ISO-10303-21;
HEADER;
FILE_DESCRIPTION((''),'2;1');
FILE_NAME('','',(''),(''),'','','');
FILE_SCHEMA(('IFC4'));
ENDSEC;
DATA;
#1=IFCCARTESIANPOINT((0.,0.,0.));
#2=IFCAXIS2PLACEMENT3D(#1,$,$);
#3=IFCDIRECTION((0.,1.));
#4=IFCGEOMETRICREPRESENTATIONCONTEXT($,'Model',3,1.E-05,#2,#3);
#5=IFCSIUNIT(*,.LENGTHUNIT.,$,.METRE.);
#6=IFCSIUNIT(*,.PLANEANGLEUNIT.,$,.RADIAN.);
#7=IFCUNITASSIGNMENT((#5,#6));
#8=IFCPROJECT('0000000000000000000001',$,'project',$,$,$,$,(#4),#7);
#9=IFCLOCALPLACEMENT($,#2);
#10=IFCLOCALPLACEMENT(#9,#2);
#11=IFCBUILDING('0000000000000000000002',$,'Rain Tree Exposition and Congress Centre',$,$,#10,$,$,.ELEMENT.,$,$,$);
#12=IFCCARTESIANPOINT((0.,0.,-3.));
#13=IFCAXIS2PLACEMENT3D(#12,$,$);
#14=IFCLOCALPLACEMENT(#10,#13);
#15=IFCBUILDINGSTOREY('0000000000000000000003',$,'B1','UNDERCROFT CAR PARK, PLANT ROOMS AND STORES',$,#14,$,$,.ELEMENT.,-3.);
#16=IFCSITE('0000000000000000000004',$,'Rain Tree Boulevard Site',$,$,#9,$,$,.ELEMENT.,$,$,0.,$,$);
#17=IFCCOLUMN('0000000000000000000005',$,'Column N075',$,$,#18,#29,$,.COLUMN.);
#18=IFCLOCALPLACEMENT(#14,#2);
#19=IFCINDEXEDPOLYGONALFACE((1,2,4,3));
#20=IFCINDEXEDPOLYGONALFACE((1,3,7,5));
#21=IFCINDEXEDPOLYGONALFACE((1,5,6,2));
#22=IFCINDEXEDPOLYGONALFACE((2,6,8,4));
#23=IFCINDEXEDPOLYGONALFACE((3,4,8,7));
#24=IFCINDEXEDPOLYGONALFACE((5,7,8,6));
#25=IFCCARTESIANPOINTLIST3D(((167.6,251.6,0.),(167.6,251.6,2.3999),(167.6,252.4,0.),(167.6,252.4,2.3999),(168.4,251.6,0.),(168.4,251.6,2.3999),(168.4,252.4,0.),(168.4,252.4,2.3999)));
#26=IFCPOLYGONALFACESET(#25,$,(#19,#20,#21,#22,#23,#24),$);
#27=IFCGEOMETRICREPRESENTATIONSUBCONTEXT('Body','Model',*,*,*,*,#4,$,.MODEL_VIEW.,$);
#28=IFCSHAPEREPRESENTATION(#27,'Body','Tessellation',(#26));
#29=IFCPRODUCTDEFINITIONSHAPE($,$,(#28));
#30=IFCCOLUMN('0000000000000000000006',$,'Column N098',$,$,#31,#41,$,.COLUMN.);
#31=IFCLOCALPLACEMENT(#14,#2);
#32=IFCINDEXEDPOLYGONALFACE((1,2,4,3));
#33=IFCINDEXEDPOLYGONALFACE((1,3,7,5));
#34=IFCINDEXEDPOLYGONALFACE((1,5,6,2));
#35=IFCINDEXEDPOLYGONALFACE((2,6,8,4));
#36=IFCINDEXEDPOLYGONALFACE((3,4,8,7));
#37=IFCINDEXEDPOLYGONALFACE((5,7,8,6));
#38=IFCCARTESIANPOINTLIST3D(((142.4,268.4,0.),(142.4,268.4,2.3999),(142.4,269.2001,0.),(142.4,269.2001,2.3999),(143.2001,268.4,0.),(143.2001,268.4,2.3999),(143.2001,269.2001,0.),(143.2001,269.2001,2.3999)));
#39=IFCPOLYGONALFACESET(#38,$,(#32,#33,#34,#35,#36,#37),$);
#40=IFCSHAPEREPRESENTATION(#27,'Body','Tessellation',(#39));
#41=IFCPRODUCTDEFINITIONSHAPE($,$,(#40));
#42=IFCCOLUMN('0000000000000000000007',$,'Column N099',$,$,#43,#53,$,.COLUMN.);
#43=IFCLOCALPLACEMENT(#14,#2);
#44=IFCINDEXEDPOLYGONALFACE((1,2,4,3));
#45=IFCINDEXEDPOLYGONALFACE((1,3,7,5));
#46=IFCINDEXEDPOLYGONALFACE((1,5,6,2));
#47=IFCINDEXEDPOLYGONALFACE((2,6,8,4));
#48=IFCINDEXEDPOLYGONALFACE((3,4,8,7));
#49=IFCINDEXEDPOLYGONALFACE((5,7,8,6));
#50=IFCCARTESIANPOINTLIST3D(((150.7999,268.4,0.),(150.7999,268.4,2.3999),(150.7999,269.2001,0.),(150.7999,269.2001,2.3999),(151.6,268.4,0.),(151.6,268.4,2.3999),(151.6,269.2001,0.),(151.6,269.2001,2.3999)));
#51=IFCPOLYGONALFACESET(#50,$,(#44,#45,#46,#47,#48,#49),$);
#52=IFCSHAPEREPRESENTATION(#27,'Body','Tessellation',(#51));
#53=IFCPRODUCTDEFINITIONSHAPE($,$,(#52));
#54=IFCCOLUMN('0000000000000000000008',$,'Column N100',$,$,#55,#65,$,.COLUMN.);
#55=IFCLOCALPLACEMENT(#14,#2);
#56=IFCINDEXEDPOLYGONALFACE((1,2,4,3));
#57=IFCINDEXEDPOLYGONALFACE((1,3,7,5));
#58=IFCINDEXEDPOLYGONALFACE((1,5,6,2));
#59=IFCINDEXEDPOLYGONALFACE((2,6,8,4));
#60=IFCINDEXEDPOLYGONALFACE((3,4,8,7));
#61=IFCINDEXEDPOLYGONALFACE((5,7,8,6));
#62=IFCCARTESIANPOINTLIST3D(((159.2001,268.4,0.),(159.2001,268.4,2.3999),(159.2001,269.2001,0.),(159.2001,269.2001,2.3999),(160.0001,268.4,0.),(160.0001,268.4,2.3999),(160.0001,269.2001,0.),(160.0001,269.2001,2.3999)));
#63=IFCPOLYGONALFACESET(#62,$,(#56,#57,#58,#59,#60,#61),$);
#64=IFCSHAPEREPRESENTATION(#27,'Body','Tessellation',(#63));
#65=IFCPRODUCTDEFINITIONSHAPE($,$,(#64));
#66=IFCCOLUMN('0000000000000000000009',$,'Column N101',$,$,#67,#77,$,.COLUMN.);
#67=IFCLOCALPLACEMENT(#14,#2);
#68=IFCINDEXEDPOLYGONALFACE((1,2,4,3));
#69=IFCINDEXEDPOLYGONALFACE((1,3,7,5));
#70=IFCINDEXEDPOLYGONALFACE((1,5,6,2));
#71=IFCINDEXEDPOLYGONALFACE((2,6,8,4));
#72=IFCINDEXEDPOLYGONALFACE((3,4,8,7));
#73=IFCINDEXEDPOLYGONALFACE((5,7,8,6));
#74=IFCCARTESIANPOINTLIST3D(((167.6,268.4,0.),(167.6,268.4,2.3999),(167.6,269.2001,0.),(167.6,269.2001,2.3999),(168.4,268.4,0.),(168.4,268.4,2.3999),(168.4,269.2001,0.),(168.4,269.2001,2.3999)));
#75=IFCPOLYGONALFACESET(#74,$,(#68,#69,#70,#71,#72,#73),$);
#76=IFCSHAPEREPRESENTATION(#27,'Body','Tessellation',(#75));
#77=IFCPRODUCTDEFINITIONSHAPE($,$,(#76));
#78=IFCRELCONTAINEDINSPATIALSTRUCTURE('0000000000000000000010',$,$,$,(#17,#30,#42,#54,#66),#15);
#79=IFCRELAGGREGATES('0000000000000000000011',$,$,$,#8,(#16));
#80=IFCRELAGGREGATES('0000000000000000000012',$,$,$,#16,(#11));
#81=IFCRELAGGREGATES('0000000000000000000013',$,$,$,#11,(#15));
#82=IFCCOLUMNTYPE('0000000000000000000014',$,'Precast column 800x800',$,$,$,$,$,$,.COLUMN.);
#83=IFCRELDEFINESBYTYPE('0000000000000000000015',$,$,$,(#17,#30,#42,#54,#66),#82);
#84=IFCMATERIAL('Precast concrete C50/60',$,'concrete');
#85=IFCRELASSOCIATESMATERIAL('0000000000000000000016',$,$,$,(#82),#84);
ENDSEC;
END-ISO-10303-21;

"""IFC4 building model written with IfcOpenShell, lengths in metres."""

from ifc_helpers import new_model, si_unit, direction, frame, origin, origin_2d, place, context, subcontext, project, spatial, rectangle, extrude, material, material_profile, profile_set, type_object, element, save


model = new_model("IFC4")

# Units and contexts
model_context = context("Model", 3, precision=1e-05, world=origin(), true_north=direction((0.0, 1.0)))
body_context = subcontext(model_context, "Body", "Model", "MODEL_VIEW")
ifc_project = project(units=[si_unit("LENGTHUNIT", "METRE"), si_unit("PLANEANGLEUNIT", "RADIAN")], contexts=[model_context])

# Site, building, storey
site_placement = place(None, origin())
site = spatial("IfcSite", under=ifc_project, at=site_placement, Name="Rain Tree Boulevard Site", CompositionType="ELEMENT", RefElevation=0.0)
building_placement = place(site_placement, origin())
building = spatial("IfcBuilding", under=site, at=building_placement, Name="Rain Tree Exposition and Congress Centre", CompositionType="ELEMENT")
storey_placement = place(building_placement, frame((0.0, 0.0, -3.0)))
storey = spatial("IfcBuildingStorey", under=building, at=storey_placement, Name="B1", Description="UNDERCROFT CAR PARK, PLANT ROOMS AND STORES", CompositionType="ELEMENT", Elevation=-3.0)

# Columns
ifc_material_1 = material(Name="Precast concrete C50/60", Category="concrete")
ifc_material_profile_1 = material_profile(ifc_material_1, rectangle(XDim=0.8, YDim=0.8, at=origin_2d()), Name="RC 800x800")
ifc_profile_set_1 = profile_set([ifc_material_profile_1], Name="Precast concrete C50/60")
column_type = type_object("IfcColumnType", Name="Precast column 800x800", PredefinedType="COLUMN", material=ifc_profile_set_1)
for number, where, z_axis, x_axis, name in (
    (1, (168.0, 252.0, 0.0), (0.0, 0.0, 1.0), (1.0, 0.0, 0.0), "Column N075"),
    (2, (142.8, 268.8, 0.0), (0.0, 0.0, 1.0), (1.0, 0.0, 0.0), "Column N098"),
    (3, (151.2, 268.8, 0.0), (0.0, 0.0, 1.0), (1.0, 0.0, 0.0), "Column N099"),
    (4, (159.6001, 268.8, 0.0), (0.0, 0.0, 1.0), (1.0, 0.0, 0.0), "Column N100"),
    (5, (168.0, 268.8, 0.0), (0.0, 0.0, 1.0), (1.0, 0.0, 0.0), "Column N101"),
):
    element("IfcColumn", number, at=place(storey_placement, frame(where, z_axis=z_axis, x_axis=x_axis)), inside=storey, type_object=column_type, Name=name, PredefinedType="COLUMN", context=body_context, shape_type="SweptSolid", body=[
        extrude(rectangle(XDim=0.8, YDim=0.8, at=origin_2d()), origin(), (0.0, 0.0, 1.0), 2.3999),
    ])

save(model, "model.ifc")
